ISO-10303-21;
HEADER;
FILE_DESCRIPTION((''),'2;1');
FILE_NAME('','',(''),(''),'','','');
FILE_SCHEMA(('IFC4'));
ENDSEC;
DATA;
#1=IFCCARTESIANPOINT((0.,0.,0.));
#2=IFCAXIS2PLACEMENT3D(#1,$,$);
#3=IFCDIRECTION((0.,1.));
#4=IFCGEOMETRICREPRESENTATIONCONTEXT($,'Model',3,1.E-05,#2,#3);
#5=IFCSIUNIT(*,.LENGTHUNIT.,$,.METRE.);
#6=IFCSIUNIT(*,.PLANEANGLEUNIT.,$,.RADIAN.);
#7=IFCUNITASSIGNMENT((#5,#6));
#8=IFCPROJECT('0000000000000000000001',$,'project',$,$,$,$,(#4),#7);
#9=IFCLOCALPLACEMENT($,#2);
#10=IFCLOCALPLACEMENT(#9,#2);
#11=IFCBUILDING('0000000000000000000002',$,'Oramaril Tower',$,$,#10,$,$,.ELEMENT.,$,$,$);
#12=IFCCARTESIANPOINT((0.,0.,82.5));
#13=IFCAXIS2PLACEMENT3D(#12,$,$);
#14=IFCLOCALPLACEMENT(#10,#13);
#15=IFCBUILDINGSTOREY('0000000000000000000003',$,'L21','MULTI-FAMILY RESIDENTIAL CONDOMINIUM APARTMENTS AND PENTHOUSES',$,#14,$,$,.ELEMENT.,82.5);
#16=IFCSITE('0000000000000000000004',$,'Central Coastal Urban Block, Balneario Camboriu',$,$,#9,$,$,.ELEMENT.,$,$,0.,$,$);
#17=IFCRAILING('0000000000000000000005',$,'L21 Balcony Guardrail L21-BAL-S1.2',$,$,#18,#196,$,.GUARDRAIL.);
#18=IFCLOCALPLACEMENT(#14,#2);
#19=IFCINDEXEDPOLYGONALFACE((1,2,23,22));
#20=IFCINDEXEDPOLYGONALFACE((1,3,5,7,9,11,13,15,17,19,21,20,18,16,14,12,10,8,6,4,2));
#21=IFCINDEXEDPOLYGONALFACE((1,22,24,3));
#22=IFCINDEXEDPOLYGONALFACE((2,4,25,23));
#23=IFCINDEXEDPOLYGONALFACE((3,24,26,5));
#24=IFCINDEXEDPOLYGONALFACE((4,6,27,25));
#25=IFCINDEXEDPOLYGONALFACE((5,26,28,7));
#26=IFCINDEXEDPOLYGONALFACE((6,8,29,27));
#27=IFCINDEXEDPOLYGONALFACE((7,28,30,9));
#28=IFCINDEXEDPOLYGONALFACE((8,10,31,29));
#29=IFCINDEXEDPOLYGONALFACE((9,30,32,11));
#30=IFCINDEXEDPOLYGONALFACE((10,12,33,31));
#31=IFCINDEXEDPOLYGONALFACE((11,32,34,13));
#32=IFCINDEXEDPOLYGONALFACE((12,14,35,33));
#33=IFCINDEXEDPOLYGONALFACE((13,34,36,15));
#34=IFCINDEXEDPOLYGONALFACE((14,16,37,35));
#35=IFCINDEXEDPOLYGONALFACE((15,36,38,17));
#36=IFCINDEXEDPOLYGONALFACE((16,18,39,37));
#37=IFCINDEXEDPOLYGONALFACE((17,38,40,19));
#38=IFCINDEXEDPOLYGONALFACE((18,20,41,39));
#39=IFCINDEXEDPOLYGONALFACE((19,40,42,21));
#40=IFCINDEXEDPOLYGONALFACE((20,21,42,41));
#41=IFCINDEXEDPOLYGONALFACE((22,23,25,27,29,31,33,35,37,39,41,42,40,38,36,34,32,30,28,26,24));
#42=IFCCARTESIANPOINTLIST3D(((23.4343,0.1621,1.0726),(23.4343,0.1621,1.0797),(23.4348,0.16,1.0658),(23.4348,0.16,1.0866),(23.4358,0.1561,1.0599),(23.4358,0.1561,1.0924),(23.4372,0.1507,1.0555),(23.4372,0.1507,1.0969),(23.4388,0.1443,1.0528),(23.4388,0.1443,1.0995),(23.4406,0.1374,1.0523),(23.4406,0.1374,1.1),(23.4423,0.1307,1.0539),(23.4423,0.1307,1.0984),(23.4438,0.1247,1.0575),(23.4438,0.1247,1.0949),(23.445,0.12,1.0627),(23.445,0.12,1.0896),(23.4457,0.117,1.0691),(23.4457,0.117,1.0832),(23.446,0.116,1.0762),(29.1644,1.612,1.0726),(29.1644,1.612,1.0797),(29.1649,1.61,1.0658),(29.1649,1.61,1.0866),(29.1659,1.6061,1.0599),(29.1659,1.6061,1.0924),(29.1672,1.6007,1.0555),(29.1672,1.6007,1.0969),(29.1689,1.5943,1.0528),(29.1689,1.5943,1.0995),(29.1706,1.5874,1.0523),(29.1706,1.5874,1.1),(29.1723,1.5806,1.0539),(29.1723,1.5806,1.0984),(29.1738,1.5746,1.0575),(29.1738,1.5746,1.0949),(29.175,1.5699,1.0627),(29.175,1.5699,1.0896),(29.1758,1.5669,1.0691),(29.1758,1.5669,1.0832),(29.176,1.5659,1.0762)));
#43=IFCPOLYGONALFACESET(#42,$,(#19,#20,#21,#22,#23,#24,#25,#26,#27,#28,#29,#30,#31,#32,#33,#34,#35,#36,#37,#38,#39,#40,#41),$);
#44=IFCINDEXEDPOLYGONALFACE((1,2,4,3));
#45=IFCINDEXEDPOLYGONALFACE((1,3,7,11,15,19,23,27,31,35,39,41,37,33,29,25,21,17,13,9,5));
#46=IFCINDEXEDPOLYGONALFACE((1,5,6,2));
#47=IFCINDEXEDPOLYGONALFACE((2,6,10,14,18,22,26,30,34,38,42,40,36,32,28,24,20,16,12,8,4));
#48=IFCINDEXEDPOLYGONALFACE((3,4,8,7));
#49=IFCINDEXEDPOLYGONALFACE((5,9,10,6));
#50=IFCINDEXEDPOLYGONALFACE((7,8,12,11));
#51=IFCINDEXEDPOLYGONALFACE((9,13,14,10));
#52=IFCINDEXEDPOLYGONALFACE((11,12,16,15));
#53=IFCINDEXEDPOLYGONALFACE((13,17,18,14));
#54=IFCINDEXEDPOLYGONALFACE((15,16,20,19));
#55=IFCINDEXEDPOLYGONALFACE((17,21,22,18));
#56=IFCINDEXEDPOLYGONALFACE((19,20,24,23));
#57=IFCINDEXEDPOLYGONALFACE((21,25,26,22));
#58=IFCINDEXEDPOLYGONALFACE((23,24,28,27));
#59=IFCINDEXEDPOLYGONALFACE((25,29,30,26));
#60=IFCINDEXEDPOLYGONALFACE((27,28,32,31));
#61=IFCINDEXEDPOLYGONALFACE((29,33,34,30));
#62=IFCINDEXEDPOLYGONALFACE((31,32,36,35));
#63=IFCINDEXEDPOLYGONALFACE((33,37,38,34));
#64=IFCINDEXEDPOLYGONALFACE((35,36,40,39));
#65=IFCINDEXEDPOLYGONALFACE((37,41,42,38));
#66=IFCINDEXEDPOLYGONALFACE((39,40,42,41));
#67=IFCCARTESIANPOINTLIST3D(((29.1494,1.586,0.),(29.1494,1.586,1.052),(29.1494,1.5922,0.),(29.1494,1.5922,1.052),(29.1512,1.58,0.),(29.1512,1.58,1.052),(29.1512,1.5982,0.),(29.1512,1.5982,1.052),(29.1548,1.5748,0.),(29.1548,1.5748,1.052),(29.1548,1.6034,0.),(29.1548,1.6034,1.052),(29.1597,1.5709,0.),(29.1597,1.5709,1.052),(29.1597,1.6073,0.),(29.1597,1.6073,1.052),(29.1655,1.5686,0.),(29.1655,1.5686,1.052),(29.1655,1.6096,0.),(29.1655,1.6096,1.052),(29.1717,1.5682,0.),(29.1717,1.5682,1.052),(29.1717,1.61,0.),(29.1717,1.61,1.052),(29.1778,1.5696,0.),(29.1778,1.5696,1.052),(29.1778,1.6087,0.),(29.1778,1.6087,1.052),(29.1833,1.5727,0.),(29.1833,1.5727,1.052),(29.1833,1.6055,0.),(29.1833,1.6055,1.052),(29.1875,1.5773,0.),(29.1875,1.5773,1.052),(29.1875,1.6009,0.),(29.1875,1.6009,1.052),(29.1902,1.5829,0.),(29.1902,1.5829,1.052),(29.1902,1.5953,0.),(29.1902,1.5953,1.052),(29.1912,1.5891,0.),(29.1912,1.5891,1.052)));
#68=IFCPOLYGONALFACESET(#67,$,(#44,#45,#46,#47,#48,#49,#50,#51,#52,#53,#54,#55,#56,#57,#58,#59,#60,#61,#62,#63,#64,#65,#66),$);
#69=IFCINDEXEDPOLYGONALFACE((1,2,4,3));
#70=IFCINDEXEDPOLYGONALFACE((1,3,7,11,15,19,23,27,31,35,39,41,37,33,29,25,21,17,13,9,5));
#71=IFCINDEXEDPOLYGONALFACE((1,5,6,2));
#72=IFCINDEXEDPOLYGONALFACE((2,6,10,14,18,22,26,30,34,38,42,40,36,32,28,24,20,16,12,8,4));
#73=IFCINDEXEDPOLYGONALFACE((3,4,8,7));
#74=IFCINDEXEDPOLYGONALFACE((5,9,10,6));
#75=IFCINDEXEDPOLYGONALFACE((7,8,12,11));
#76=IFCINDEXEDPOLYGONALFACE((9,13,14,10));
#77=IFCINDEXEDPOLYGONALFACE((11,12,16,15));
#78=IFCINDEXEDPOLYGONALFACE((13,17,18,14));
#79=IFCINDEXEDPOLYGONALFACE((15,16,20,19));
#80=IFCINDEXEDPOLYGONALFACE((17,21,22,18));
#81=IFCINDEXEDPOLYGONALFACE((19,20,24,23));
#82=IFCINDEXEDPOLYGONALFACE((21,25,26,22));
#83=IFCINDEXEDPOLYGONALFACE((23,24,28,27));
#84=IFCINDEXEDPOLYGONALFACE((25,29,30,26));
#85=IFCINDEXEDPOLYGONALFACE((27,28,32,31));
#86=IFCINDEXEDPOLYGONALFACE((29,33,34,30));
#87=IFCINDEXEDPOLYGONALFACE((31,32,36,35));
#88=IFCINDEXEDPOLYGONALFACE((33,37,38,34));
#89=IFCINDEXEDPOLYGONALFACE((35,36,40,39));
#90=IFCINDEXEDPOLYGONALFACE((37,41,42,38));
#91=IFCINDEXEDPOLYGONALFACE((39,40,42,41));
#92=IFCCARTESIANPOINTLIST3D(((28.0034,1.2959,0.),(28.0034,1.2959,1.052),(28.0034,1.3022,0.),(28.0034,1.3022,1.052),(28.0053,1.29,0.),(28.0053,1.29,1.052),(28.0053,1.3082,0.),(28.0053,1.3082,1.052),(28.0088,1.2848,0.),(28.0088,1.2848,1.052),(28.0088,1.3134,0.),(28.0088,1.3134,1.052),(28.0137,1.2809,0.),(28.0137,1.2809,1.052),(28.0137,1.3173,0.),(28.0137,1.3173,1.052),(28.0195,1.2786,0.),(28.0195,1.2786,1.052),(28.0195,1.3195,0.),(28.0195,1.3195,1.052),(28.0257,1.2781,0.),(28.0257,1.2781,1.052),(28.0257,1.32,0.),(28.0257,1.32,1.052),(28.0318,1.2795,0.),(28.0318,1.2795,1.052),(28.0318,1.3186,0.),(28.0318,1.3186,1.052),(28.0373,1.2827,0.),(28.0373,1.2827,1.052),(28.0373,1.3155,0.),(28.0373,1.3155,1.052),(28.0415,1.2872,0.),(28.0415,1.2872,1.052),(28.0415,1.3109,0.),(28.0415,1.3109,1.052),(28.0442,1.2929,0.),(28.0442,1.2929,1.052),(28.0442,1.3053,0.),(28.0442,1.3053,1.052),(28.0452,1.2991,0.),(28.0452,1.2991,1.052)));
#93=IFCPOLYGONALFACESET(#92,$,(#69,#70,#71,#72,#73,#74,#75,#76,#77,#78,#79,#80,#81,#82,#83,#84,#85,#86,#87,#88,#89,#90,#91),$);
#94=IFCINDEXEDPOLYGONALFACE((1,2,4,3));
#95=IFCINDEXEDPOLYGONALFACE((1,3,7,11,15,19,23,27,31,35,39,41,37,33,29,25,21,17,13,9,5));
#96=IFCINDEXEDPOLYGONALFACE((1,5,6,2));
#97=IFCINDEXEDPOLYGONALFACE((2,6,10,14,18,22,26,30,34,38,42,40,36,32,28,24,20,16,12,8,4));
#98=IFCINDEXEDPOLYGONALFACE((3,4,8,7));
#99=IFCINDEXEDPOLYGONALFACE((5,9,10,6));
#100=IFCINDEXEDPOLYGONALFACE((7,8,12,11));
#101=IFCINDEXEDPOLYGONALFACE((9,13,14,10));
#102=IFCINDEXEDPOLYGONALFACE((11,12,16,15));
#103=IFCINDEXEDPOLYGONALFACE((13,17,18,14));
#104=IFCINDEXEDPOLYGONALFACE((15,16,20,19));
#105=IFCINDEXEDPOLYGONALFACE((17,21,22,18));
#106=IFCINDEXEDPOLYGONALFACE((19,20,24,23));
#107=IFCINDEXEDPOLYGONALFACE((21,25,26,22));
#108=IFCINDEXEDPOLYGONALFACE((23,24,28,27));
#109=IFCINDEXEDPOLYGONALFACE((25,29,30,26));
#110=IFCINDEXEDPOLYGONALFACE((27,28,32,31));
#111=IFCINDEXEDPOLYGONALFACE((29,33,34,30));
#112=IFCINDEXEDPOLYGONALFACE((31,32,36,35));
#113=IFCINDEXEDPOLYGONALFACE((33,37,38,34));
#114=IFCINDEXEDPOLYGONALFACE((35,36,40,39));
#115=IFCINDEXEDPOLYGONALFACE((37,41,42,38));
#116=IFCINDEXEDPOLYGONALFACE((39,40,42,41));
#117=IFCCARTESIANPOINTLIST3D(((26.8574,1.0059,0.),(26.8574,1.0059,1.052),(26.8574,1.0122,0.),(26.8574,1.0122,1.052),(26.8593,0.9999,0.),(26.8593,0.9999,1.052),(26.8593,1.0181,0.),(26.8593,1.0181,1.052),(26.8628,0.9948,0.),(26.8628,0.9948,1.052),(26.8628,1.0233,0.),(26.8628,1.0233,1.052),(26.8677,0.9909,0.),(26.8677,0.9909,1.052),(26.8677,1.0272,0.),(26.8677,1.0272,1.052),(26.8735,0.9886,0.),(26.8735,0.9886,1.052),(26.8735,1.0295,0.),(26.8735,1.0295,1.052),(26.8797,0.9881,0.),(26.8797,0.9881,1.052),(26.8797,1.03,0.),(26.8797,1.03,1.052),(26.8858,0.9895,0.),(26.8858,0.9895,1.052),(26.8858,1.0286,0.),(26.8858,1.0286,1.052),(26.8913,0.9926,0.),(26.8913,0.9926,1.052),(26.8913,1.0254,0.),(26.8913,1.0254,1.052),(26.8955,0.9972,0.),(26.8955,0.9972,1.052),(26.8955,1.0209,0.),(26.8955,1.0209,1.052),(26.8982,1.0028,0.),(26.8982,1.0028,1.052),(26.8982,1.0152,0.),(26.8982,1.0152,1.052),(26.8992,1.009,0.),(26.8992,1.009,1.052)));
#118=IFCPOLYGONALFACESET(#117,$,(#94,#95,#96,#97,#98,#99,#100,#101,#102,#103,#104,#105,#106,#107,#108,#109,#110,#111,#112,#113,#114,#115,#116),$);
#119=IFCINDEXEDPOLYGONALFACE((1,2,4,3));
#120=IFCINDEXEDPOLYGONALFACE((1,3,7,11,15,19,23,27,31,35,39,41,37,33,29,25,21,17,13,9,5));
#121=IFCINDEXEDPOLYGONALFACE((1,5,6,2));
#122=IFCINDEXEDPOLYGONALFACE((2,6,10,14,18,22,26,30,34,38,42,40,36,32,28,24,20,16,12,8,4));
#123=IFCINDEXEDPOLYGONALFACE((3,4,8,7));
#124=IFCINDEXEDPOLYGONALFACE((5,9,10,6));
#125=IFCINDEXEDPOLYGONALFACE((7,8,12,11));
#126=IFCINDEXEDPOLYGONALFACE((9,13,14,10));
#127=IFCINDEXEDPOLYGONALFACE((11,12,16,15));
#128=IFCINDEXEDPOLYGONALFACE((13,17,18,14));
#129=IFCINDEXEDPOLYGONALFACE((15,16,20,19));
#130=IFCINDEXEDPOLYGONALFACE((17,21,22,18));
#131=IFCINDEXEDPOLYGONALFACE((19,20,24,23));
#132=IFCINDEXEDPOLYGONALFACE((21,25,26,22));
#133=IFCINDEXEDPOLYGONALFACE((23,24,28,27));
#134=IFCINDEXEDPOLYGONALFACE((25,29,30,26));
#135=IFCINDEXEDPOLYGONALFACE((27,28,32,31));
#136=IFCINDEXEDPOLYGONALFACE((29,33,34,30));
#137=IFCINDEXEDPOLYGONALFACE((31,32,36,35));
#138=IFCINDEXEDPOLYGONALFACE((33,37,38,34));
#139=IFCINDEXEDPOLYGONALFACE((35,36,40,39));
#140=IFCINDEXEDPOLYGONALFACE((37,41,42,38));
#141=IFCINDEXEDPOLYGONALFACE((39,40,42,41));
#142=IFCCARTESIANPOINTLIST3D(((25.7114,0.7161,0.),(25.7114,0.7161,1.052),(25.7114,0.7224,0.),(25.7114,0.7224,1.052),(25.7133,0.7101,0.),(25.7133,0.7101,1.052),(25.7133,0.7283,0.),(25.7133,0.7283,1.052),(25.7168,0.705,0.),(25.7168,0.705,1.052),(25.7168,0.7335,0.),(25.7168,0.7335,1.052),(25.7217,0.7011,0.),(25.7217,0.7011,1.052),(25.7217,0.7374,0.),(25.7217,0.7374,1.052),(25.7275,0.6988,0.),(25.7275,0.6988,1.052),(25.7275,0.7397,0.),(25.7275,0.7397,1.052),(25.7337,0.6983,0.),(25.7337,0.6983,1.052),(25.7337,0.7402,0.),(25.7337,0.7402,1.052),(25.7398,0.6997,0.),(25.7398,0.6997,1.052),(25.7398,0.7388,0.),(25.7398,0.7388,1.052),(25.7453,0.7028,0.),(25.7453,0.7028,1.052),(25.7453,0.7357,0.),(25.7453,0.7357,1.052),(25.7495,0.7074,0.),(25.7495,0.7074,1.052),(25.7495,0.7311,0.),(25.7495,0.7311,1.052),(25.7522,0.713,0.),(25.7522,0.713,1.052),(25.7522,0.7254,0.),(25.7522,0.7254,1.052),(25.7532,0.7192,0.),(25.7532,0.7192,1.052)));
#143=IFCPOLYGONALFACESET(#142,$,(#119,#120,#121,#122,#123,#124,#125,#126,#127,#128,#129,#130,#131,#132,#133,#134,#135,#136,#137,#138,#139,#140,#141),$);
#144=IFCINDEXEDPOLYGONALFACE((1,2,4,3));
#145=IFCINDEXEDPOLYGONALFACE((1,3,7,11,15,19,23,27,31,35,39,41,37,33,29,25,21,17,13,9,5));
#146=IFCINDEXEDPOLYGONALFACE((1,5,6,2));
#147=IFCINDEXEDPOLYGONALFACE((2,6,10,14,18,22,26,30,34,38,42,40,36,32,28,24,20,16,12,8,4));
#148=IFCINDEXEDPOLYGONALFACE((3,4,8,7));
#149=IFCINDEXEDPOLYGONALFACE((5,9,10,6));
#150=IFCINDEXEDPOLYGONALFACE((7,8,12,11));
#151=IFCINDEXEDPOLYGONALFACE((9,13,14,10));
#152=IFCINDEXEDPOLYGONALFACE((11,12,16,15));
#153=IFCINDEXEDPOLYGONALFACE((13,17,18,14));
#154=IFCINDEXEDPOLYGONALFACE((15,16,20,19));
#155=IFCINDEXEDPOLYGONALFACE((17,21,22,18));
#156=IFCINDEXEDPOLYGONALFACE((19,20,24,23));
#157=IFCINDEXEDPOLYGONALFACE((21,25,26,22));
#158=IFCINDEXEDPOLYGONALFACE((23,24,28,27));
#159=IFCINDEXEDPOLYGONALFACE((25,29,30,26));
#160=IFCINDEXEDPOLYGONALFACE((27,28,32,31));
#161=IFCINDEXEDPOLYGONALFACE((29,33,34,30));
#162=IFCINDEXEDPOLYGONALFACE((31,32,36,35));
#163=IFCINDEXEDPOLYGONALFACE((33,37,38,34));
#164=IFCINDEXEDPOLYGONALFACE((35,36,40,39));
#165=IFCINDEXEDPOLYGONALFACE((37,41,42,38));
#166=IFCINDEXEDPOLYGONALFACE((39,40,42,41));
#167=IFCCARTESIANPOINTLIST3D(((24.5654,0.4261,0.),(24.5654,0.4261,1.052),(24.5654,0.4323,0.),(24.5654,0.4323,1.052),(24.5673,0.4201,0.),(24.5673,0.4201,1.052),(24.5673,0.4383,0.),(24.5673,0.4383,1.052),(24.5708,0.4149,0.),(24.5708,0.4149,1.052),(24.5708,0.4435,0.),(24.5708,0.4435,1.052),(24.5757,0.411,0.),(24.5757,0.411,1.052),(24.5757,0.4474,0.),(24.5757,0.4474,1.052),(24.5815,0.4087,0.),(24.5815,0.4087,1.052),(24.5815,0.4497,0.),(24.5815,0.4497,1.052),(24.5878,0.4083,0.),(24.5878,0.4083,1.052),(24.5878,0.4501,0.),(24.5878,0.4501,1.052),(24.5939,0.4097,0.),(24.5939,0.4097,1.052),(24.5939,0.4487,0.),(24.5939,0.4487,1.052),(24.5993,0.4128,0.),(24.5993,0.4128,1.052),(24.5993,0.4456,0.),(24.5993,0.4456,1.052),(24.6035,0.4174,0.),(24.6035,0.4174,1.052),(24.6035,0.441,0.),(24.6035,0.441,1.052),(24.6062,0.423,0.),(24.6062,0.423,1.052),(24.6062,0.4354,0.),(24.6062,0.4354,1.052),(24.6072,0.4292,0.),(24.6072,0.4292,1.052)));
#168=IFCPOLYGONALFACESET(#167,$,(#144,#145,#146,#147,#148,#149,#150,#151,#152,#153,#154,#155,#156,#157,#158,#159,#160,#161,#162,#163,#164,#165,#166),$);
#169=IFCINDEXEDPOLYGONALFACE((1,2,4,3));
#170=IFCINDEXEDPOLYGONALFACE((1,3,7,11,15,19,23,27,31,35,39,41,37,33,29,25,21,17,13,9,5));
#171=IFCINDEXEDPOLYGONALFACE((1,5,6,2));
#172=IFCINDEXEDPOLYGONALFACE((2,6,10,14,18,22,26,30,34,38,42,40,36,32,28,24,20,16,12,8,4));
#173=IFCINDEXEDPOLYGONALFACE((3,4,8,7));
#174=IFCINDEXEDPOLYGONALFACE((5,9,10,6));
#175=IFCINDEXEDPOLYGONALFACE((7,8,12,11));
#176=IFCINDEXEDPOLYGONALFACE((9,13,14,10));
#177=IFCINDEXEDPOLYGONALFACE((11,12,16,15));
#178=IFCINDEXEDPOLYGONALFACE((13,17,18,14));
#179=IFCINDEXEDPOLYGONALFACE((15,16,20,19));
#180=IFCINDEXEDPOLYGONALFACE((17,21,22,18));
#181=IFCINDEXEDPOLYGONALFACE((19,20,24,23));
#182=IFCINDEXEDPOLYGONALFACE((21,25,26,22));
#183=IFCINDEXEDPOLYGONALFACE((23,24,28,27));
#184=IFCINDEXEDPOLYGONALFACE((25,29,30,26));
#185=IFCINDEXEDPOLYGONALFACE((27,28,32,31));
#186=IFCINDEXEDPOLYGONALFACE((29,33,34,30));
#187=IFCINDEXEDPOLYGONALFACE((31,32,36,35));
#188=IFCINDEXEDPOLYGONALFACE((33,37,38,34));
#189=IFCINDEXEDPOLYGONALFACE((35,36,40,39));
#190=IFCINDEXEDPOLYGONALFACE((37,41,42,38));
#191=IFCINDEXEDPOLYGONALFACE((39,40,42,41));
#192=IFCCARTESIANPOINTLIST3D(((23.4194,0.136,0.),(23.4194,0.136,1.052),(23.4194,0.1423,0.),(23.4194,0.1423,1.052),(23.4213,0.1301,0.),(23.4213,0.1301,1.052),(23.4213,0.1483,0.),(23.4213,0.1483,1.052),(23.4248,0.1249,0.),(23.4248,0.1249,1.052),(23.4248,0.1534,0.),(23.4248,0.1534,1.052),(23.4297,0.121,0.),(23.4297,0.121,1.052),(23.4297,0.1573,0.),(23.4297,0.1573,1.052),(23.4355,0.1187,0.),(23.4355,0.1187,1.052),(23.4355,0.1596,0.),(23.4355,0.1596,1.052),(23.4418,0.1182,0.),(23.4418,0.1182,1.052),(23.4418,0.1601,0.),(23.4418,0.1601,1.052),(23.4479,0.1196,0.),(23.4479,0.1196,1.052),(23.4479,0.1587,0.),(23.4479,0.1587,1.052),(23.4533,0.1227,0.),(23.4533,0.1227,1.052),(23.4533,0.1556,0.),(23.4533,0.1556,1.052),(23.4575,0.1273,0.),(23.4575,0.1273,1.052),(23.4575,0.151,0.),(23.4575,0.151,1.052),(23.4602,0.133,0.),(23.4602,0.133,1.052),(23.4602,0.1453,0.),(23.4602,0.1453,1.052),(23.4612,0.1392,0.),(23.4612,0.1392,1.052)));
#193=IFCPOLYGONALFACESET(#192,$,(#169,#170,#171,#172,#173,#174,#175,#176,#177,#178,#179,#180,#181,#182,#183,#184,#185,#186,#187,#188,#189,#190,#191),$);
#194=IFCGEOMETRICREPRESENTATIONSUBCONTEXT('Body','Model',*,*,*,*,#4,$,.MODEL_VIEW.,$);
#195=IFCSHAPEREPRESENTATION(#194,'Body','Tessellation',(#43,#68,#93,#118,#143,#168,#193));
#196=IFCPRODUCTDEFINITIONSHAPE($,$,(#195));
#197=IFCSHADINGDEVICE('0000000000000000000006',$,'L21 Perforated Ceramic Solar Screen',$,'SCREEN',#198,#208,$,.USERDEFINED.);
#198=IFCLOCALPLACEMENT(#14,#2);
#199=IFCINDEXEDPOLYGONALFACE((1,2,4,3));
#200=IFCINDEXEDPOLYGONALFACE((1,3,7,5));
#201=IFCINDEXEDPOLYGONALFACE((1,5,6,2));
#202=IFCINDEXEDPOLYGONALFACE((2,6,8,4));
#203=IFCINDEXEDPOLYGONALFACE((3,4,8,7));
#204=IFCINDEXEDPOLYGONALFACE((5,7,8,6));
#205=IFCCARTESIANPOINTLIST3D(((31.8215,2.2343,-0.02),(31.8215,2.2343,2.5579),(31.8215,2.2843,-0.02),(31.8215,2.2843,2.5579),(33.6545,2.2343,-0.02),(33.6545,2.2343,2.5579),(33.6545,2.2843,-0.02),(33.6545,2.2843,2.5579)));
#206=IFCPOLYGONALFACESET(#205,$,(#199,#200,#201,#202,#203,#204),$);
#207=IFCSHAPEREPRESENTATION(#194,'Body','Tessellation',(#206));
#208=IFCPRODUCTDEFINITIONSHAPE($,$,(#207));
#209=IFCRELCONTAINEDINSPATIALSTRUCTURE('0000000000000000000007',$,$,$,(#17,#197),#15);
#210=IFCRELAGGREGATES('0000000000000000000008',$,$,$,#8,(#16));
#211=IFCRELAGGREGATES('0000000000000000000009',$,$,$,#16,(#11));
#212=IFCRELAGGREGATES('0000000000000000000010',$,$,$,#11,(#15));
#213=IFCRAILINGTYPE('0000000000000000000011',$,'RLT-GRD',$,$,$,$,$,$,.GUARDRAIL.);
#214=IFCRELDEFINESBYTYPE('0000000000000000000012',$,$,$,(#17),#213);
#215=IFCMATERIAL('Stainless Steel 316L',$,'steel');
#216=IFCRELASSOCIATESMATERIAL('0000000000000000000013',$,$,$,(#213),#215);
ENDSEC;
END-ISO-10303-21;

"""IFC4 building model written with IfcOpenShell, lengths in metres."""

from ifc_helpers import new_model, si_unit, direction, frame, origin, origin_2d, place, context, subcontext, project, spatial, rectangle, circle, extrude, material, type_object, element, save


model = new_model("IFC4")

# Units and contexts
model_context = context("Model", 3, precision=1e-05, world=origin(), true_north=direction((0.0, 1.0)))
body_context = subcontext(model_context, "Body", "Model", "MODEL_VIEW")
ifc_project = project(units=[si_unit("LENGTHUNIT", "METRE"), si_unit("PLANEANGLEUNIT", "RADIAN")], contexts=[model_context])

# Site, building, storey
site_placement = place(None, origin())
site = spatial("IfcSite", under=ifc_project, at=site_placement, Name="Central Coastal Urban Block, Balneario Camboriu", CompositionType="ELEMENT", RefElevation=0.0)
building_placement = place(site_placement, origin())
building = spatial("IfcBuilding", under=site, at=building_placement, Name="Oramaril Tower", CompositionType="ELEMENT")
storey_placement = place(building_placement, frame((0.0, 0.0, 82.5)))
storey = spatial("IfcBuildingStorey", under=building, at=storey_placement, Name="L21", Description="MULTI-FAMILY RESIDENTIAL CONDOMINIUM APARTMENTS AND PENTHOUSES", CompositionType="ELEMENT", Elevation=82.5)

# Railing
ifc_material_1 = material(Name="Stainless Steel 316L", Category="steel")
railing_type = type_object("IfcRailingType", Name="RLT-GRD", PredefinedType="GUARDRAIL", material=ifc_material_1)
railing_1_placement = place(storey_placement, frame((29.1702, 1.5891, 0.0)))
element("IfcRailing", 1, at=railing_1_placement, inside=storey, type_object=railing_type, Name="L21 Balcony Guardrail L21-BAL-S1.2", PredefinedType="GUARDRAIL", context=body_context, shape_type="SweptSolid", body=[
    extrude(circle(Radius=0.0239, at=origin_2d()), frame((0.0, 0.0, 1.0762), z_axis=(-0.969444, -0.245314, 0.0), x_axis=(0.245314, -0.969444, 0.0)), (0.0, 0.0, 1.0), 5.9106),
    extrude(circle(Radius=0.021, at=origin_2d()), origin(), (0.0, 0.0, 1.0), 1.052),
    extrude(circle(Radius=0.021, at=origin_2d()), frame((-1.146, -0.29, 0.0)), (0.0, 0.0, 1.0), 1.052),
    extrude(circle(Radius=0.021, at=origin_2d()), frame((-2.292, -0.5801, 0.0)), (0.0, 0.0, 1.0), 1.052),
    extrude(circle(Radius=0.021, at=origin_2d()), frame((-3.438, -0.8699, 0.0)), (0.0, 0.0, 1.0), 1.052),
    extrude(circle(Radius=0.021, at=origin_2d()), frame((-4.584, -1.1599, 0.0)), (0.0, 0.0, 1.0), 1.052),
    extrude(circle(Radius=0.021, at=origin_2d()), frame((-5.73, -1.45, 0.0)), (0.0, 0.0, 1.0), 1.052),
])

# Shading device
shading_device_placement = place(storey_placement, frame((32.738, 2.2593, -0.02), z_axis=(0.0, 0.0, 1.0), x_axis=(1.0, 0.0, 0.0)))
element("IfcShadingDevice", 2, at=shading_device_placement, inside=storey, Name="L21 Perforated Ceramic Solar Screen", ObjectType="SCREEN", PredefinedType="USERDEFINED", context=body_context, shape_type="SweptSolid", body=[
    extrude(rectangle(XDim=1.833, YDim=0.05, at=origin_2d()), origin(), (0.0, 0.0, 1.0), 2.5779),
])

save(model, "model.ifc")
